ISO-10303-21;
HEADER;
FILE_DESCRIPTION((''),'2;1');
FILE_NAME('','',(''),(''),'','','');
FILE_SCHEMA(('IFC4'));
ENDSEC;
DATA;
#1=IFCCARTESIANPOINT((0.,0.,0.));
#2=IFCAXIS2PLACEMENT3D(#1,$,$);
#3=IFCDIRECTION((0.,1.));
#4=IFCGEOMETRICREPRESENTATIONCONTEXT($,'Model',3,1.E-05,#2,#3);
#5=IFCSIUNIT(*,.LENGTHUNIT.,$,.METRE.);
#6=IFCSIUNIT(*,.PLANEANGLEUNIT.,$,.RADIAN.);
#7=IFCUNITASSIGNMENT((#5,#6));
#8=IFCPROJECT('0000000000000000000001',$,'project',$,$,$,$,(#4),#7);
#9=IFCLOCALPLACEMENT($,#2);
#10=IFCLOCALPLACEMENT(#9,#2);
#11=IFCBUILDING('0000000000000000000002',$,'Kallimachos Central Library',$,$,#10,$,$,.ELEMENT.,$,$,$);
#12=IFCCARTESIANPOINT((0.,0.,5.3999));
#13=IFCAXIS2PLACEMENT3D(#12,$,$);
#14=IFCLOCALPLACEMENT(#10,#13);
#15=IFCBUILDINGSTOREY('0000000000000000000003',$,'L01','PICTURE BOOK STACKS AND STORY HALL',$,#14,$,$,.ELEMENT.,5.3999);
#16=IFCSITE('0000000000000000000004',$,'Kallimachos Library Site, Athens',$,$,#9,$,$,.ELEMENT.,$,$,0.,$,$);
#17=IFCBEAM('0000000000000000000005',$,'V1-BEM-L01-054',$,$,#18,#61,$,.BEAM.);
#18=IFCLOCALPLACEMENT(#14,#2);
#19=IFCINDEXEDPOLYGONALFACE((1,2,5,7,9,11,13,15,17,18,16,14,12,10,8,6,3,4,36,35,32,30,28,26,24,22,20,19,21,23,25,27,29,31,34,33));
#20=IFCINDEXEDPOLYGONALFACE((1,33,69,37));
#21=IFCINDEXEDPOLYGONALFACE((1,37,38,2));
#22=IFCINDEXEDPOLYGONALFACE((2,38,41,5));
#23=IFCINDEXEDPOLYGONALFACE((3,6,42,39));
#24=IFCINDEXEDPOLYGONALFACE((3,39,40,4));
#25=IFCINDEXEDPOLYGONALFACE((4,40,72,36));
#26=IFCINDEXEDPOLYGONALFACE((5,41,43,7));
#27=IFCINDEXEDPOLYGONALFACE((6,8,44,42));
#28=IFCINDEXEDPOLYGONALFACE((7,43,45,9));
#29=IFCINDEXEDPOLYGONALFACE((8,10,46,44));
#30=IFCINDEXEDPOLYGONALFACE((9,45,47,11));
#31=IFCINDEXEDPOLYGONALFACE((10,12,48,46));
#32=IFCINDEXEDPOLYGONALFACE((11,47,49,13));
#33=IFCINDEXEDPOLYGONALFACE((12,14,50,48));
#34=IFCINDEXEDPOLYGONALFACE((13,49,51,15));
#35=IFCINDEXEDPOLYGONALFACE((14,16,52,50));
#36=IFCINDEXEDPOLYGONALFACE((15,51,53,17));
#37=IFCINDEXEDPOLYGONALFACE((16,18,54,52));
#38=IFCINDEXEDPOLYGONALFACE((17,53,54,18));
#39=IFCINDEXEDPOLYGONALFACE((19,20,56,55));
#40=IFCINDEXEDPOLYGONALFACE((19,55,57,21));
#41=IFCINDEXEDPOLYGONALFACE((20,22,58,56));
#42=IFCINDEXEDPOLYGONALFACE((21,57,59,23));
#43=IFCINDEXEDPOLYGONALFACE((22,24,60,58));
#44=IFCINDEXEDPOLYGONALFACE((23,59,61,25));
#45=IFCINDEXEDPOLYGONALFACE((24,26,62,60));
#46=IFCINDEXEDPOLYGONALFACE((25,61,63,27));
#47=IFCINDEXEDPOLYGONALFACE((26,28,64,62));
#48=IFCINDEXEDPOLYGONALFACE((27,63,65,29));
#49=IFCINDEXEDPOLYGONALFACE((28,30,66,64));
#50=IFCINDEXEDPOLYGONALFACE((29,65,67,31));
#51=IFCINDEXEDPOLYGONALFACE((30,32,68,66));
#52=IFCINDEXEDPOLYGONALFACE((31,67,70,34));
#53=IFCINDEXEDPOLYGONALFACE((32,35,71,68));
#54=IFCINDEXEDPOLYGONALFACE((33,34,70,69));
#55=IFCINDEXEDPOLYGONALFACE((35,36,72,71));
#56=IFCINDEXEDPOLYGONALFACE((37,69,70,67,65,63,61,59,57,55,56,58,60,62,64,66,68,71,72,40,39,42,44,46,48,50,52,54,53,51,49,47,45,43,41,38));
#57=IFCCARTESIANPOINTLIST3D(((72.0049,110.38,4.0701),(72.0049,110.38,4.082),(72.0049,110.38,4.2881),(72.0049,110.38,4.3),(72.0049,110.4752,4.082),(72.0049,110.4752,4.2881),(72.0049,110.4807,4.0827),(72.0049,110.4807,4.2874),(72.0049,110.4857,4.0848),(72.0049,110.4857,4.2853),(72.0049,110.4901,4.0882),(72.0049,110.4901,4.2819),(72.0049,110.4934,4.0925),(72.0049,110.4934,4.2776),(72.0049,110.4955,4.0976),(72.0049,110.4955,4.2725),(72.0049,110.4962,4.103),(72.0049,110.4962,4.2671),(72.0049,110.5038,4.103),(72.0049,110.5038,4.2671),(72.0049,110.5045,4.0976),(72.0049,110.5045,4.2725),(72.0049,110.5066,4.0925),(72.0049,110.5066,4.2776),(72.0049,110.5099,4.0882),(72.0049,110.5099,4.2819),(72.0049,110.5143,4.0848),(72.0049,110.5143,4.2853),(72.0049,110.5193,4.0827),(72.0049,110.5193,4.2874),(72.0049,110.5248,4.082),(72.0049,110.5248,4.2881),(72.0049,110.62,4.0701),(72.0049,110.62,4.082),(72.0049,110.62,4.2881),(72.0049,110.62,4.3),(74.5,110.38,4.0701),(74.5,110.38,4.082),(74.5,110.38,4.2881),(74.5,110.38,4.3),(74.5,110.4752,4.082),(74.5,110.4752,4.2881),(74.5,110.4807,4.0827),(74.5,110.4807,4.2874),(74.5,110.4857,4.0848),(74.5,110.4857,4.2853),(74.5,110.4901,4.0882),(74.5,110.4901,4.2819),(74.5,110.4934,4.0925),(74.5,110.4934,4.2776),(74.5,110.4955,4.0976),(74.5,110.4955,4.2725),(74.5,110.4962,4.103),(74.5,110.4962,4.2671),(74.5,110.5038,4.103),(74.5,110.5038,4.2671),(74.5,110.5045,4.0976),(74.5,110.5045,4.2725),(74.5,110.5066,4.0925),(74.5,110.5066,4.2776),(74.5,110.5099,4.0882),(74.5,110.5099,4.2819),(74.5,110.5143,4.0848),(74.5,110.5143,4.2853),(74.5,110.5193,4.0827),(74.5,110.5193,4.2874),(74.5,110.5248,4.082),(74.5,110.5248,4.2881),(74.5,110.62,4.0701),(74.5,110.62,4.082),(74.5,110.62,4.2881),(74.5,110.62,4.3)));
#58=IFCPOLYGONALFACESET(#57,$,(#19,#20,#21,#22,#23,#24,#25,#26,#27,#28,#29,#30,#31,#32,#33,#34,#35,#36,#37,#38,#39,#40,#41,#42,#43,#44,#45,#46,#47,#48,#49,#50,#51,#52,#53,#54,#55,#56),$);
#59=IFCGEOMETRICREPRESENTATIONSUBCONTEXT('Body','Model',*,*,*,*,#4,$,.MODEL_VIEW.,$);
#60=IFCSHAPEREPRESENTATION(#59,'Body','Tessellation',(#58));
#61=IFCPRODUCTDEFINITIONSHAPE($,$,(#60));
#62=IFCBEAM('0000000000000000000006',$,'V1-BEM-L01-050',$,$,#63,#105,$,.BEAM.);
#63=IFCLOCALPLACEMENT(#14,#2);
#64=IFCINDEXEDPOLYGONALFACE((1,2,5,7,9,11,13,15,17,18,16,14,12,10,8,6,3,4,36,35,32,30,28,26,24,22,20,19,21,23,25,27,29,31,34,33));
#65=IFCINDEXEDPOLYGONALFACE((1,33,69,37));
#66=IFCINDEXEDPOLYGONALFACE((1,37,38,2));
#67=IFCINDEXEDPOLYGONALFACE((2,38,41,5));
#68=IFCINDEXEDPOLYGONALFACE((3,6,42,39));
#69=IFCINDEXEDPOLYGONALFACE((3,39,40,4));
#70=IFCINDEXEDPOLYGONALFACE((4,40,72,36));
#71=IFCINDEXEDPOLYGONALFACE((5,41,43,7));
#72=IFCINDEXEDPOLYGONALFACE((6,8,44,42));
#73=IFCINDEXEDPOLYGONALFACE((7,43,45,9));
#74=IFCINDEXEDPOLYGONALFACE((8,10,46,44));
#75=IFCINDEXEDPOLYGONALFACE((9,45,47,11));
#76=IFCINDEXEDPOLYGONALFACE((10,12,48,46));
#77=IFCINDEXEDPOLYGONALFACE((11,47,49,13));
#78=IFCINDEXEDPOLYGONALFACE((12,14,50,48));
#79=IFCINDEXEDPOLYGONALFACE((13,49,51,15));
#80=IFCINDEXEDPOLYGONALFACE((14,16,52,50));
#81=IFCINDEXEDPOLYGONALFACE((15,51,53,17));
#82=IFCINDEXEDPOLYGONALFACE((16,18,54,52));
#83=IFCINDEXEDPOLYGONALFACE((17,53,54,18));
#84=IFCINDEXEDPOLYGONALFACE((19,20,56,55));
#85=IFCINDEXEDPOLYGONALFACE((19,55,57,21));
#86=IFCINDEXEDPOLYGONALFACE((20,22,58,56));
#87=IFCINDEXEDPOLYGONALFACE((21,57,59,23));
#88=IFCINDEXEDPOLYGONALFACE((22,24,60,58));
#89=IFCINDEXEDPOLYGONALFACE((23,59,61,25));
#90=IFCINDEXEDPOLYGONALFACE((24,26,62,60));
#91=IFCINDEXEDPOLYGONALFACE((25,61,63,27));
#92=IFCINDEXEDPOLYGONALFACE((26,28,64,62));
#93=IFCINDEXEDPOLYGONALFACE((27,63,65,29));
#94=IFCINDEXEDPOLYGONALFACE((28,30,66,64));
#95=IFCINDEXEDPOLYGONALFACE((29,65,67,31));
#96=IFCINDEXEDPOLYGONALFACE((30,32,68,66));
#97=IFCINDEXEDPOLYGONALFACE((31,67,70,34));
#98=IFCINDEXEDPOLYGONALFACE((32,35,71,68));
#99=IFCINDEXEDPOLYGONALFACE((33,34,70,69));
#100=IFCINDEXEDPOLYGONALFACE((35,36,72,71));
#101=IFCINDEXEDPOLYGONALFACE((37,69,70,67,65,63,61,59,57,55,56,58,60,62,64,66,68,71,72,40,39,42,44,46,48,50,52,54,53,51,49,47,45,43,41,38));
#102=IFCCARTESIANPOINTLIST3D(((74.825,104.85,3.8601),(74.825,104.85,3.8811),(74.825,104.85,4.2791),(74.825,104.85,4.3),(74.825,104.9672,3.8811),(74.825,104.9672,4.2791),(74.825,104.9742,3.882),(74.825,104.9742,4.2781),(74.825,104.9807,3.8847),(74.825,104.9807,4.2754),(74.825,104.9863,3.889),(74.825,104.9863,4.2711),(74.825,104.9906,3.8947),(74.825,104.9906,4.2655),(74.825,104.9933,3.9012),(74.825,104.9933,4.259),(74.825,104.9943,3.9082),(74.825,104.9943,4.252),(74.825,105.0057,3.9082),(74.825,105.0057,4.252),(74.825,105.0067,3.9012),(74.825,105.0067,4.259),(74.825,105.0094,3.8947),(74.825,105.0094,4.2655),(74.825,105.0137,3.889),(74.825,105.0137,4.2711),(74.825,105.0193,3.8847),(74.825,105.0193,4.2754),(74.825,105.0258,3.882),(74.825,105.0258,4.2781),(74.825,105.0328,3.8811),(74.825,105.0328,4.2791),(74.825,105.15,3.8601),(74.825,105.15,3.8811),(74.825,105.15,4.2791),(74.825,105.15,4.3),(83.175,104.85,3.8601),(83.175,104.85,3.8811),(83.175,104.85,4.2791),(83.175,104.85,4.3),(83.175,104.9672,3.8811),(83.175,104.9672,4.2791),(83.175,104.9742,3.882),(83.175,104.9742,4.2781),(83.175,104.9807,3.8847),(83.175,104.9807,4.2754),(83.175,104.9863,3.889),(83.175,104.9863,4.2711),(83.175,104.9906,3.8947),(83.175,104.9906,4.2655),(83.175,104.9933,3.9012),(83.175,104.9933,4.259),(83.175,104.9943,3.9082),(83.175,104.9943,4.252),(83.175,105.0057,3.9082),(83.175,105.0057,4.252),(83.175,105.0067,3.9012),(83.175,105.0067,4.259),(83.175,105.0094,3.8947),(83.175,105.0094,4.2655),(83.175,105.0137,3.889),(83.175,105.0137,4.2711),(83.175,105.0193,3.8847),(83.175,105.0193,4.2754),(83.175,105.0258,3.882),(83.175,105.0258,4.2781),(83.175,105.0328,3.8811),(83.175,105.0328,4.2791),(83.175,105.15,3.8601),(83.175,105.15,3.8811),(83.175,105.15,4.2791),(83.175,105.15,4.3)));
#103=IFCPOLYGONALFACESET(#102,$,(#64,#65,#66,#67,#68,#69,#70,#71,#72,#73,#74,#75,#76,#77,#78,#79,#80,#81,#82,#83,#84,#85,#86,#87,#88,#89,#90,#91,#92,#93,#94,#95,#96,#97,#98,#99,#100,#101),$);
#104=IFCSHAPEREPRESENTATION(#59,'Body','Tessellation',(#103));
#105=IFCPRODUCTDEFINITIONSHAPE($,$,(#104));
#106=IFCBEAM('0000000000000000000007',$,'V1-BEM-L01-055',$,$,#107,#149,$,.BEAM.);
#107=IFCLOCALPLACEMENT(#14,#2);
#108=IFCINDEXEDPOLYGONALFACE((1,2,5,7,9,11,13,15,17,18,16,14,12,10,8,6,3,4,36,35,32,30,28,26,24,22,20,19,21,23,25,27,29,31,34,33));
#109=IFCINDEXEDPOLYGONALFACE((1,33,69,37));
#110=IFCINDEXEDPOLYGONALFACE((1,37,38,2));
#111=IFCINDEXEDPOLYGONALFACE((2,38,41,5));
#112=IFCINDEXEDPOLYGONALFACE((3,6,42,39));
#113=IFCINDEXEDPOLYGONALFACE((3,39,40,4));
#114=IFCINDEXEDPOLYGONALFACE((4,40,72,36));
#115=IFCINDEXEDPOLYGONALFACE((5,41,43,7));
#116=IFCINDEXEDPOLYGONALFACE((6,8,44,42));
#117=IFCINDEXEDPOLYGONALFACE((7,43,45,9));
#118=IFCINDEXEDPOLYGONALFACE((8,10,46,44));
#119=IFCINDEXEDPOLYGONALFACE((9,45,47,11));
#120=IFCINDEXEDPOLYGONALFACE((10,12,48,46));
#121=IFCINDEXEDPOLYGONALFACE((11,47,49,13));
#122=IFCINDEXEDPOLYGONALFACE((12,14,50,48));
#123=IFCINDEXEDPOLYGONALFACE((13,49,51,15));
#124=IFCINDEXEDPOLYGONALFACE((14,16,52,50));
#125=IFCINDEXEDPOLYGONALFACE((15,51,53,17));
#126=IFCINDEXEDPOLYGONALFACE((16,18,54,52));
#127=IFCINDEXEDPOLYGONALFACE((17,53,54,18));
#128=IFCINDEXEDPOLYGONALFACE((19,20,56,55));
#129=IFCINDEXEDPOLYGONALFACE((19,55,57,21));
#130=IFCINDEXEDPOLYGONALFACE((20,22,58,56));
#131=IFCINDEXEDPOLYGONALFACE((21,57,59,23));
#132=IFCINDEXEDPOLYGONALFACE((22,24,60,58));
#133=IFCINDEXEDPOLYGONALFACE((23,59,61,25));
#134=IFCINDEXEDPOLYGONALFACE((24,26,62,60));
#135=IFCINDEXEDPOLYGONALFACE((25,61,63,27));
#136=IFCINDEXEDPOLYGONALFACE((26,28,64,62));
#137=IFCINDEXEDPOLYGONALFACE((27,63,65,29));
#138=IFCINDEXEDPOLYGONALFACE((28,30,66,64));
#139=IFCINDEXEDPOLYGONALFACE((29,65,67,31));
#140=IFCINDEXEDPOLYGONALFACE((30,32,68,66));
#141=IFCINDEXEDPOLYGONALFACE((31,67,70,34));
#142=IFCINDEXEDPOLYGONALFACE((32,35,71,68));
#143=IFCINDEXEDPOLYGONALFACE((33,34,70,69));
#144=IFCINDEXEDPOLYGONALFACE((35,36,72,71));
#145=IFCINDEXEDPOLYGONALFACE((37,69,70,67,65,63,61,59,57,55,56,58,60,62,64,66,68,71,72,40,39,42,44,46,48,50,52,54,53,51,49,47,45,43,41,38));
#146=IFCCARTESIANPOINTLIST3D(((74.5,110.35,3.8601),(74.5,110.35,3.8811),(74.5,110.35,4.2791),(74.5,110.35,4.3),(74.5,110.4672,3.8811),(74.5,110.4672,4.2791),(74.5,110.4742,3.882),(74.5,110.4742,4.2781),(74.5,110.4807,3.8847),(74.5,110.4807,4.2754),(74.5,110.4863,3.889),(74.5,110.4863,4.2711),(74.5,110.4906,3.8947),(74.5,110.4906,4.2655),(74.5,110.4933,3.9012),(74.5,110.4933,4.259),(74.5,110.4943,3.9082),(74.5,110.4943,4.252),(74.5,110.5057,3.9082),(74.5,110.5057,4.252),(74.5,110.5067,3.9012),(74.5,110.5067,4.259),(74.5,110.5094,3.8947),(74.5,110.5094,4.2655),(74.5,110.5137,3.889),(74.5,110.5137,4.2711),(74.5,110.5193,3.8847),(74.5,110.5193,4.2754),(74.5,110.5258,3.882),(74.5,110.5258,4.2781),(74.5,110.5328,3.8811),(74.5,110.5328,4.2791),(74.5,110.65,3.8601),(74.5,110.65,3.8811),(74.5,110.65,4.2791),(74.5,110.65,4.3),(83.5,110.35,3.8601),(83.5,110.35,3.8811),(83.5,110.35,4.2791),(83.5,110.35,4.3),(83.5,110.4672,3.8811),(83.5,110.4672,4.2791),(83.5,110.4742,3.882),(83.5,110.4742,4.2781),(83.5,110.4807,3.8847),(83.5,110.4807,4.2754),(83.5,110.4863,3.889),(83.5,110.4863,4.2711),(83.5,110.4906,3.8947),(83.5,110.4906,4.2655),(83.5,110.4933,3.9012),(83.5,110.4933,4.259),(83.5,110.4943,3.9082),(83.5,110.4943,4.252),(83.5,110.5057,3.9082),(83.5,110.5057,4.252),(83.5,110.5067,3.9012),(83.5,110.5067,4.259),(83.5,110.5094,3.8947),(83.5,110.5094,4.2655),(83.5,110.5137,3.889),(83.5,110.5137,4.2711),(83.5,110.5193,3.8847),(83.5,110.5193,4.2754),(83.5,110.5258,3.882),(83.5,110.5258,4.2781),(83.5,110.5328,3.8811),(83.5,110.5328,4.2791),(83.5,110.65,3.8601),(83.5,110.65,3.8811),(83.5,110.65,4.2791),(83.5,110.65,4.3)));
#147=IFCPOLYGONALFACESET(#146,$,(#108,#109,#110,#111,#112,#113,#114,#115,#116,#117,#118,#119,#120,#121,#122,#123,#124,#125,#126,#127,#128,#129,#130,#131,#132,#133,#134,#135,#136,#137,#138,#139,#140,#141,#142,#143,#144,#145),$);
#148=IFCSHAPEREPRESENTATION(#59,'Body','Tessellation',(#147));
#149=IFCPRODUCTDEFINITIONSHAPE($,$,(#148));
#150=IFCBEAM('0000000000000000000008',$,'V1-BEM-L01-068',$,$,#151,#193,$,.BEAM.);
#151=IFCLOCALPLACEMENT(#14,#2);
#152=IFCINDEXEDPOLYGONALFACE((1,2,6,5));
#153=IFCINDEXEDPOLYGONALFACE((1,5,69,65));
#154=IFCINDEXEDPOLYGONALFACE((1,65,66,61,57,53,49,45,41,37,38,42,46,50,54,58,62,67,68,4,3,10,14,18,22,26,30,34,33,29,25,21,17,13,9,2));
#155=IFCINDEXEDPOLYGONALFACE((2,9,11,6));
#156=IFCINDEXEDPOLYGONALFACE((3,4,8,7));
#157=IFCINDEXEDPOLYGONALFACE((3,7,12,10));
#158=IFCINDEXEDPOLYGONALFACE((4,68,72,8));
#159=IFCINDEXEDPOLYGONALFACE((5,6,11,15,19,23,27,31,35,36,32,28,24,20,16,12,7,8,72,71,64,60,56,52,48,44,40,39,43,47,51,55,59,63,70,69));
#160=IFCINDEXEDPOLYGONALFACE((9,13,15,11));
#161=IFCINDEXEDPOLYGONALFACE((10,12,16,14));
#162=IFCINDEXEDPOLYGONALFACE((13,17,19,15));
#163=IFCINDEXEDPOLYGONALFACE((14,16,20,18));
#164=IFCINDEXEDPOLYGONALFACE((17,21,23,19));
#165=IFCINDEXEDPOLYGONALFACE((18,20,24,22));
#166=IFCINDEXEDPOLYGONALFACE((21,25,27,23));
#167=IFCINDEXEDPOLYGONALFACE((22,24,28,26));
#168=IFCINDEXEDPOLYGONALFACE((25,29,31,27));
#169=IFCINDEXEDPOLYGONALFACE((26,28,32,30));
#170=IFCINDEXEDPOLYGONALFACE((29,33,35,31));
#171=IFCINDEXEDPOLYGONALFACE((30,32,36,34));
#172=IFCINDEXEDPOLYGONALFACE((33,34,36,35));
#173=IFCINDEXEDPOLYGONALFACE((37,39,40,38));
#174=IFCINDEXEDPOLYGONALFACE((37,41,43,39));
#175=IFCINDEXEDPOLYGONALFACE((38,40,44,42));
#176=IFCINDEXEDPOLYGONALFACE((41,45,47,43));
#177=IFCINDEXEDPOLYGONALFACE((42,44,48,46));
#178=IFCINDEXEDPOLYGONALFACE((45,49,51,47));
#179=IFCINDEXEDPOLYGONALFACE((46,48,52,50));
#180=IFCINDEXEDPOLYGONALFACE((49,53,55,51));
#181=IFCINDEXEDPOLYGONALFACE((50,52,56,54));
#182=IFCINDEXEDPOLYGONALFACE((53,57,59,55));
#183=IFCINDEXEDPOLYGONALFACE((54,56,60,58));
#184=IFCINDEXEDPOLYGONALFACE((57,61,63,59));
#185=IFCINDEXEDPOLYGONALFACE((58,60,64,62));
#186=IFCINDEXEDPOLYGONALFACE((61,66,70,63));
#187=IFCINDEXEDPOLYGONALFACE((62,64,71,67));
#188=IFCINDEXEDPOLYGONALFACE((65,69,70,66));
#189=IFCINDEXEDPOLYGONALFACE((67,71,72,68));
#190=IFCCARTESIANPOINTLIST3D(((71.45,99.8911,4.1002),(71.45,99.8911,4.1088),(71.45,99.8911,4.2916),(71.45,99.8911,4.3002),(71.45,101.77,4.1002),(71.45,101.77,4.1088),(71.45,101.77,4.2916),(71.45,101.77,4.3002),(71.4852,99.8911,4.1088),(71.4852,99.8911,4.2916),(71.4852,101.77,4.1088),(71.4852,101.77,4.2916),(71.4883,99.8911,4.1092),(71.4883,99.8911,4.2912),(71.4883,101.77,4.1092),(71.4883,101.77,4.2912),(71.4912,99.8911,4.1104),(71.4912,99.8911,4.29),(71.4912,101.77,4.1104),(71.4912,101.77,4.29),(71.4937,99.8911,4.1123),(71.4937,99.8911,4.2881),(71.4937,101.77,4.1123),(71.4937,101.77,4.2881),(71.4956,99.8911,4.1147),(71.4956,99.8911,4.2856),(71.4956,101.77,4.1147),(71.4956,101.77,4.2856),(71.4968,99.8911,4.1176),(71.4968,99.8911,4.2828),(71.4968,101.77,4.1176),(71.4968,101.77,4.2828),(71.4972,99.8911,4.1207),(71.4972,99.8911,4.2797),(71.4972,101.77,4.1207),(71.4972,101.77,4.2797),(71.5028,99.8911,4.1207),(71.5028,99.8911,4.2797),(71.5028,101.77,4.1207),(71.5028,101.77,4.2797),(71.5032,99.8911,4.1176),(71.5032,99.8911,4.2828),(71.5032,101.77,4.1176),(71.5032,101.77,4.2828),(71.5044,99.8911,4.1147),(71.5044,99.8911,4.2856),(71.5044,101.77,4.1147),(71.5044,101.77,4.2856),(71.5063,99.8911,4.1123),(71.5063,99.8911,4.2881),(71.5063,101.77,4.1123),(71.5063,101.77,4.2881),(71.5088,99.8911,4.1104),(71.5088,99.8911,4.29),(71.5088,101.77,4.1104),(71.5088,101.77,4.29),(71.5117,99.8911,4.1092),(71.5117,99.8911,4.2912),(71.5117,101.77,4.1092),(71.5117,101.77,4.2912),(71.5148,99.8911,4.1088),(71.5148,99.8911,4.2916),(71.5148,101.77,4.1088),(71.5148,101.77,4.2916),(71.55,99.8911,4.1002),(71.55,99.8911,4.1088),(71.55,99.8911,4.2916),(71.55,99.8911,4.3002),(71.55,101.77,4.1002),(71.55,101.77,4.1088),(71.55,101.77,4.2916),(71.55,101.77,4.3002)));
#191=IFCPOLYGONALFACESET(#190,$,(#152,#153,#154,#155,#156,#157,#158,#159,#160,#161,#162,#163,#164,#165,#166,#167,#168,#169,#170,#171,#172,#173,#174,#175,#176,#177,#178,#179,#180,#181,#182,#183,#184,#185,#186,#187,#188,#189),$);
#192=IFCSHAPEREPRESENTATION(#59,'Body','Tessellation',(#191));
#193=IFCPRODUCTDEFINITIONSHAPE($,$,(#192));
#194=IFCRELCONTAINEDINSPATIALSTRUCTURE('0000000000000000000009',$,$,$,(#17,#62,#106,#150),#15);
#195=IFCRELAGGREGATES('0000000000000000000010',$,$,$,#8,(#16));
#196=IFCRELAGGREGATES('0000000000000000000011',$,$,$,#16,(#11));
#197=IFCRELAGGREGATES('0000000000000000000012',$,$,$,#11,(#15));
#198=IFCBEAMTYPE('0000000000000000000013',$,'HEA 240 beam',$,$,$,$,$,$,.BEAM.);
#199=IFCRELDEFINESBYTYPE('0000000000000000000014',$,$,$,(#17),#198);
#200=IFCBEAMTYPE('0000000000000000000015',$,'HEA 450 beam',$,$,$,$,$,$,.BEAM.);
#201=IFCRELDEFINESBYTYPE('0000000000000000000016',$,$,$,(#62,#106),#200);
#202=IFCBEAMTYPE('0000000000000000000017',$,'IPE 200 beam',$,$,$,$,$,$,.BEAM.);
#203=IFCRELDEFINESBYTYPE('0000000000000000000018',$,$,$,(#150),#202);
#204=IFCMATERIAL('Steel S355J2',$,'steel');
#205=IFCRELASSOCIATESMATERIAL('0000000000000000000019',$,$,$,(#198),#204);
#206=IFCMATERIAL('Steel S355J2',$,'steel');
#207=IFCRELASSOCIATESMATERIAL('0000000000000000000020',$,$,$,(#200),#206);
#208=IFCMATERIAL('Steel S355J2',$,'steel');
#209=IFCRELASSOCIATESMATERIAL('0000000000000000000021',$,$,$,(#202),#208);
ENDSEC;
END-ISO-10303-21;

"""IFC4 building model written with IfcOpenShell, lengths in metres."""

from ifc_helpers import new_model, si_unit, direction, frame, origin, origin_2d, place, context, subcontext, project, spatial, i_section, extrude, material, material_profile, profile_set, type_object, element, save


model = new_model("IFC4")

# Units and contexts
model_context = context("Model", 3, precision=1e-05, world=origin(), true_north=direction((0.0, 1.0)))
body_context = subcontext(model_context, "Body", "Model", "MODEL_VIEW")
ifc_project = project(units=[si_unit("LENGTHUNIT", "METRE"), si_unit("PLANEANGLEUNIT", "RADIAN")], contexts=[model_context])

# Site, building, storey
site_placement = place(None, origin())
site = spatial("IfcSite", under=ifc_project, at=site_placement, Name="Kallimachos Library Site, Athens", CompositionType="ELEMENT", RefElevation=0.0)
building_placement = place(site_placement, origin())
building = spatial("IfcBuilding", under=site, at=building_placement, Name="Kallimachos Central Library", CompositionType="ELEMENT")
storey_placement = place(building_placement, frame((0.0, 0.0, 5.3999)))
storey = spatial("IfcBuildingStorey", under=building, at=storey_placement, Name="L01", Description="PICTURE BOOK STACKS AND STORY HALL", CompositionType="ELEMENT", Elevation=5.3999)

# Beams
ifc_material_1 = material(Name="Steel S355J2", Category="steel")
ifc_material_profile_1 = material_profile(ifc_material_1, i_section(OverallWidth=0.24, OverallDepth=0.23, WebThickness=0.0076, FlangeThickness=0.012, FilletRadius=0.021, at=origin_2d()), Name="HEA 240")
ifc_profile_set_1 = profile_set([ifc_material_profile_1], Name="Steel S355J2")
beam_type_1 = type_object("IfcBeamType", Name="HEA 240 beam", PredefinedType="BEAM", material=ifc_profile_set_1)
beam_1_placement = place(storey_placement, frame((72.0049, 110.5, 4.1851), z_axis=(1.0, 0.0, 0.0), x_axis=(0.0, 1.0, 0.0)))
element("IfcBeam", 1, at=beam_1_placement, inside=storey, type_object=beam_type_1, Name="V1-BEM-L01-054", PredefinedType="BEAM", context=body_context, shape_type="SweptSolid", body=[
    extrude(i_section(OverallWidth=0.24, OverallDepth=0.23, WebThickness=0.0076, FlangeThickness=0.012, FilletRadius=0.021, at=origin_2d()), origin(), (0.0, 0.0, 1.0), 2.4951),
])
ifc_material_2 = material(Name="Steel S355J2", Category="steel")
ifc_material_profile_2 = material_profile(ifc_material_2, i_section(OverallWidth=0.3, OverallDepth=0.4399, WebThickness=0.0115, FlangeThickness=0.021, FilletRadius=0.0271, at=origin_2d()), Name="HEA 450")
ifc_profile_set_2 = profile_set([ifc_material_profile_2], Name="Steel S355J2")
beam_type_2 = type_object("IfcBeamType", Name="HEA 450 beam", PredefinedType="BEAM", material=ifc_profile_set_2)
beam_2_placement = place(storey_placement, frame((74.825, 105.0, 4.0801), z_axis=(1.0, 0.0, 0.0), x_axis=(0.0, 1.0, 0.0)))
element("IfcBeam", 2, at=beam_2_placement, inside=storey, type_object=beam_type_2, Name="V1-BEM-L01-050", PredefinedType="BEAM", context=body_context, shape_type="SweptSolid", body=[
    extrude(i_section(OverallWidth=0.3, OverallDepth=0.4399, WebThickness=0.0115, FlangeThickness=0.021, FilletRadius=0.0271, at=origin_2d()), origin(), (0.0, 0.0, 1.0), 8.3501),
])
beam_3_placement = place(storey_placement, frame((74.5, 110.5, 4.0801), z_axis=(1.0, 0.0, 0.0), x_axis=(0.0, 1.0, 0.0)))
element("IfcBeam", 3, at=beam_3_placement, inside=storey, type_object=beam_type_2, Name="V1-BEM-L01-055", PredefinedType="BEAM", context=body_context, shape_type="SweptSolid", body=[
    extrude(i_section(OverallWidth=0.3, OverallDepth=0.4399, WebThickness=0.0115, FlangeThickness=0.021, FilletRadius=0.0271, at=origin_2d()), origin(), (0.0, 0.0, 1.0), 9.0),
])
ifc_material_3 = material(Name="Steel S355J2", Category="steel")
ifc_material_profile_3 = material_profile(ifc_material_3, i_section(OverallWidth=0.1001, OverallDepth=0.2, WebThickness=0.0056, FlangeThickness=0.0085, FilletRadius=0.012, at=origin_2d()), Name="IPE 200")
ifc_profile_set_3 = profile_set([ifc_material_profile_3], Name="Steel S355J2")
beam_type_3 = type_object("IfcBeamType", Name="IPE 200 beam", PredefinedType="BEAM", material=ifc_profile_set_3)
beam_4_placement = place(storey_placement, frame((71.5, 99.8911, 4.2002), z_axis=(0.0, 1.0, 0.0), x_axis=(-1.0, 0.0, 0.0)))
element("IfcBeam", 4, at=beam_4_placement, inside=storey, type_object=beam_type_3, Name="V1-BEM-L01-068", PredefinedType="BEAM", context=body_context, shape_type="SweptSolid", body=[
    extrude(i_section(OverallWidth=0.1001, OverallDepth=0.2, WebThickness=0.0056, FlangeThickness=0.0085, FilletRadius=0.012, at=origin_2d()), origin(), (0.0, 0.0, 1.0), 1.8789),
])

save(model, "model.ifc")
